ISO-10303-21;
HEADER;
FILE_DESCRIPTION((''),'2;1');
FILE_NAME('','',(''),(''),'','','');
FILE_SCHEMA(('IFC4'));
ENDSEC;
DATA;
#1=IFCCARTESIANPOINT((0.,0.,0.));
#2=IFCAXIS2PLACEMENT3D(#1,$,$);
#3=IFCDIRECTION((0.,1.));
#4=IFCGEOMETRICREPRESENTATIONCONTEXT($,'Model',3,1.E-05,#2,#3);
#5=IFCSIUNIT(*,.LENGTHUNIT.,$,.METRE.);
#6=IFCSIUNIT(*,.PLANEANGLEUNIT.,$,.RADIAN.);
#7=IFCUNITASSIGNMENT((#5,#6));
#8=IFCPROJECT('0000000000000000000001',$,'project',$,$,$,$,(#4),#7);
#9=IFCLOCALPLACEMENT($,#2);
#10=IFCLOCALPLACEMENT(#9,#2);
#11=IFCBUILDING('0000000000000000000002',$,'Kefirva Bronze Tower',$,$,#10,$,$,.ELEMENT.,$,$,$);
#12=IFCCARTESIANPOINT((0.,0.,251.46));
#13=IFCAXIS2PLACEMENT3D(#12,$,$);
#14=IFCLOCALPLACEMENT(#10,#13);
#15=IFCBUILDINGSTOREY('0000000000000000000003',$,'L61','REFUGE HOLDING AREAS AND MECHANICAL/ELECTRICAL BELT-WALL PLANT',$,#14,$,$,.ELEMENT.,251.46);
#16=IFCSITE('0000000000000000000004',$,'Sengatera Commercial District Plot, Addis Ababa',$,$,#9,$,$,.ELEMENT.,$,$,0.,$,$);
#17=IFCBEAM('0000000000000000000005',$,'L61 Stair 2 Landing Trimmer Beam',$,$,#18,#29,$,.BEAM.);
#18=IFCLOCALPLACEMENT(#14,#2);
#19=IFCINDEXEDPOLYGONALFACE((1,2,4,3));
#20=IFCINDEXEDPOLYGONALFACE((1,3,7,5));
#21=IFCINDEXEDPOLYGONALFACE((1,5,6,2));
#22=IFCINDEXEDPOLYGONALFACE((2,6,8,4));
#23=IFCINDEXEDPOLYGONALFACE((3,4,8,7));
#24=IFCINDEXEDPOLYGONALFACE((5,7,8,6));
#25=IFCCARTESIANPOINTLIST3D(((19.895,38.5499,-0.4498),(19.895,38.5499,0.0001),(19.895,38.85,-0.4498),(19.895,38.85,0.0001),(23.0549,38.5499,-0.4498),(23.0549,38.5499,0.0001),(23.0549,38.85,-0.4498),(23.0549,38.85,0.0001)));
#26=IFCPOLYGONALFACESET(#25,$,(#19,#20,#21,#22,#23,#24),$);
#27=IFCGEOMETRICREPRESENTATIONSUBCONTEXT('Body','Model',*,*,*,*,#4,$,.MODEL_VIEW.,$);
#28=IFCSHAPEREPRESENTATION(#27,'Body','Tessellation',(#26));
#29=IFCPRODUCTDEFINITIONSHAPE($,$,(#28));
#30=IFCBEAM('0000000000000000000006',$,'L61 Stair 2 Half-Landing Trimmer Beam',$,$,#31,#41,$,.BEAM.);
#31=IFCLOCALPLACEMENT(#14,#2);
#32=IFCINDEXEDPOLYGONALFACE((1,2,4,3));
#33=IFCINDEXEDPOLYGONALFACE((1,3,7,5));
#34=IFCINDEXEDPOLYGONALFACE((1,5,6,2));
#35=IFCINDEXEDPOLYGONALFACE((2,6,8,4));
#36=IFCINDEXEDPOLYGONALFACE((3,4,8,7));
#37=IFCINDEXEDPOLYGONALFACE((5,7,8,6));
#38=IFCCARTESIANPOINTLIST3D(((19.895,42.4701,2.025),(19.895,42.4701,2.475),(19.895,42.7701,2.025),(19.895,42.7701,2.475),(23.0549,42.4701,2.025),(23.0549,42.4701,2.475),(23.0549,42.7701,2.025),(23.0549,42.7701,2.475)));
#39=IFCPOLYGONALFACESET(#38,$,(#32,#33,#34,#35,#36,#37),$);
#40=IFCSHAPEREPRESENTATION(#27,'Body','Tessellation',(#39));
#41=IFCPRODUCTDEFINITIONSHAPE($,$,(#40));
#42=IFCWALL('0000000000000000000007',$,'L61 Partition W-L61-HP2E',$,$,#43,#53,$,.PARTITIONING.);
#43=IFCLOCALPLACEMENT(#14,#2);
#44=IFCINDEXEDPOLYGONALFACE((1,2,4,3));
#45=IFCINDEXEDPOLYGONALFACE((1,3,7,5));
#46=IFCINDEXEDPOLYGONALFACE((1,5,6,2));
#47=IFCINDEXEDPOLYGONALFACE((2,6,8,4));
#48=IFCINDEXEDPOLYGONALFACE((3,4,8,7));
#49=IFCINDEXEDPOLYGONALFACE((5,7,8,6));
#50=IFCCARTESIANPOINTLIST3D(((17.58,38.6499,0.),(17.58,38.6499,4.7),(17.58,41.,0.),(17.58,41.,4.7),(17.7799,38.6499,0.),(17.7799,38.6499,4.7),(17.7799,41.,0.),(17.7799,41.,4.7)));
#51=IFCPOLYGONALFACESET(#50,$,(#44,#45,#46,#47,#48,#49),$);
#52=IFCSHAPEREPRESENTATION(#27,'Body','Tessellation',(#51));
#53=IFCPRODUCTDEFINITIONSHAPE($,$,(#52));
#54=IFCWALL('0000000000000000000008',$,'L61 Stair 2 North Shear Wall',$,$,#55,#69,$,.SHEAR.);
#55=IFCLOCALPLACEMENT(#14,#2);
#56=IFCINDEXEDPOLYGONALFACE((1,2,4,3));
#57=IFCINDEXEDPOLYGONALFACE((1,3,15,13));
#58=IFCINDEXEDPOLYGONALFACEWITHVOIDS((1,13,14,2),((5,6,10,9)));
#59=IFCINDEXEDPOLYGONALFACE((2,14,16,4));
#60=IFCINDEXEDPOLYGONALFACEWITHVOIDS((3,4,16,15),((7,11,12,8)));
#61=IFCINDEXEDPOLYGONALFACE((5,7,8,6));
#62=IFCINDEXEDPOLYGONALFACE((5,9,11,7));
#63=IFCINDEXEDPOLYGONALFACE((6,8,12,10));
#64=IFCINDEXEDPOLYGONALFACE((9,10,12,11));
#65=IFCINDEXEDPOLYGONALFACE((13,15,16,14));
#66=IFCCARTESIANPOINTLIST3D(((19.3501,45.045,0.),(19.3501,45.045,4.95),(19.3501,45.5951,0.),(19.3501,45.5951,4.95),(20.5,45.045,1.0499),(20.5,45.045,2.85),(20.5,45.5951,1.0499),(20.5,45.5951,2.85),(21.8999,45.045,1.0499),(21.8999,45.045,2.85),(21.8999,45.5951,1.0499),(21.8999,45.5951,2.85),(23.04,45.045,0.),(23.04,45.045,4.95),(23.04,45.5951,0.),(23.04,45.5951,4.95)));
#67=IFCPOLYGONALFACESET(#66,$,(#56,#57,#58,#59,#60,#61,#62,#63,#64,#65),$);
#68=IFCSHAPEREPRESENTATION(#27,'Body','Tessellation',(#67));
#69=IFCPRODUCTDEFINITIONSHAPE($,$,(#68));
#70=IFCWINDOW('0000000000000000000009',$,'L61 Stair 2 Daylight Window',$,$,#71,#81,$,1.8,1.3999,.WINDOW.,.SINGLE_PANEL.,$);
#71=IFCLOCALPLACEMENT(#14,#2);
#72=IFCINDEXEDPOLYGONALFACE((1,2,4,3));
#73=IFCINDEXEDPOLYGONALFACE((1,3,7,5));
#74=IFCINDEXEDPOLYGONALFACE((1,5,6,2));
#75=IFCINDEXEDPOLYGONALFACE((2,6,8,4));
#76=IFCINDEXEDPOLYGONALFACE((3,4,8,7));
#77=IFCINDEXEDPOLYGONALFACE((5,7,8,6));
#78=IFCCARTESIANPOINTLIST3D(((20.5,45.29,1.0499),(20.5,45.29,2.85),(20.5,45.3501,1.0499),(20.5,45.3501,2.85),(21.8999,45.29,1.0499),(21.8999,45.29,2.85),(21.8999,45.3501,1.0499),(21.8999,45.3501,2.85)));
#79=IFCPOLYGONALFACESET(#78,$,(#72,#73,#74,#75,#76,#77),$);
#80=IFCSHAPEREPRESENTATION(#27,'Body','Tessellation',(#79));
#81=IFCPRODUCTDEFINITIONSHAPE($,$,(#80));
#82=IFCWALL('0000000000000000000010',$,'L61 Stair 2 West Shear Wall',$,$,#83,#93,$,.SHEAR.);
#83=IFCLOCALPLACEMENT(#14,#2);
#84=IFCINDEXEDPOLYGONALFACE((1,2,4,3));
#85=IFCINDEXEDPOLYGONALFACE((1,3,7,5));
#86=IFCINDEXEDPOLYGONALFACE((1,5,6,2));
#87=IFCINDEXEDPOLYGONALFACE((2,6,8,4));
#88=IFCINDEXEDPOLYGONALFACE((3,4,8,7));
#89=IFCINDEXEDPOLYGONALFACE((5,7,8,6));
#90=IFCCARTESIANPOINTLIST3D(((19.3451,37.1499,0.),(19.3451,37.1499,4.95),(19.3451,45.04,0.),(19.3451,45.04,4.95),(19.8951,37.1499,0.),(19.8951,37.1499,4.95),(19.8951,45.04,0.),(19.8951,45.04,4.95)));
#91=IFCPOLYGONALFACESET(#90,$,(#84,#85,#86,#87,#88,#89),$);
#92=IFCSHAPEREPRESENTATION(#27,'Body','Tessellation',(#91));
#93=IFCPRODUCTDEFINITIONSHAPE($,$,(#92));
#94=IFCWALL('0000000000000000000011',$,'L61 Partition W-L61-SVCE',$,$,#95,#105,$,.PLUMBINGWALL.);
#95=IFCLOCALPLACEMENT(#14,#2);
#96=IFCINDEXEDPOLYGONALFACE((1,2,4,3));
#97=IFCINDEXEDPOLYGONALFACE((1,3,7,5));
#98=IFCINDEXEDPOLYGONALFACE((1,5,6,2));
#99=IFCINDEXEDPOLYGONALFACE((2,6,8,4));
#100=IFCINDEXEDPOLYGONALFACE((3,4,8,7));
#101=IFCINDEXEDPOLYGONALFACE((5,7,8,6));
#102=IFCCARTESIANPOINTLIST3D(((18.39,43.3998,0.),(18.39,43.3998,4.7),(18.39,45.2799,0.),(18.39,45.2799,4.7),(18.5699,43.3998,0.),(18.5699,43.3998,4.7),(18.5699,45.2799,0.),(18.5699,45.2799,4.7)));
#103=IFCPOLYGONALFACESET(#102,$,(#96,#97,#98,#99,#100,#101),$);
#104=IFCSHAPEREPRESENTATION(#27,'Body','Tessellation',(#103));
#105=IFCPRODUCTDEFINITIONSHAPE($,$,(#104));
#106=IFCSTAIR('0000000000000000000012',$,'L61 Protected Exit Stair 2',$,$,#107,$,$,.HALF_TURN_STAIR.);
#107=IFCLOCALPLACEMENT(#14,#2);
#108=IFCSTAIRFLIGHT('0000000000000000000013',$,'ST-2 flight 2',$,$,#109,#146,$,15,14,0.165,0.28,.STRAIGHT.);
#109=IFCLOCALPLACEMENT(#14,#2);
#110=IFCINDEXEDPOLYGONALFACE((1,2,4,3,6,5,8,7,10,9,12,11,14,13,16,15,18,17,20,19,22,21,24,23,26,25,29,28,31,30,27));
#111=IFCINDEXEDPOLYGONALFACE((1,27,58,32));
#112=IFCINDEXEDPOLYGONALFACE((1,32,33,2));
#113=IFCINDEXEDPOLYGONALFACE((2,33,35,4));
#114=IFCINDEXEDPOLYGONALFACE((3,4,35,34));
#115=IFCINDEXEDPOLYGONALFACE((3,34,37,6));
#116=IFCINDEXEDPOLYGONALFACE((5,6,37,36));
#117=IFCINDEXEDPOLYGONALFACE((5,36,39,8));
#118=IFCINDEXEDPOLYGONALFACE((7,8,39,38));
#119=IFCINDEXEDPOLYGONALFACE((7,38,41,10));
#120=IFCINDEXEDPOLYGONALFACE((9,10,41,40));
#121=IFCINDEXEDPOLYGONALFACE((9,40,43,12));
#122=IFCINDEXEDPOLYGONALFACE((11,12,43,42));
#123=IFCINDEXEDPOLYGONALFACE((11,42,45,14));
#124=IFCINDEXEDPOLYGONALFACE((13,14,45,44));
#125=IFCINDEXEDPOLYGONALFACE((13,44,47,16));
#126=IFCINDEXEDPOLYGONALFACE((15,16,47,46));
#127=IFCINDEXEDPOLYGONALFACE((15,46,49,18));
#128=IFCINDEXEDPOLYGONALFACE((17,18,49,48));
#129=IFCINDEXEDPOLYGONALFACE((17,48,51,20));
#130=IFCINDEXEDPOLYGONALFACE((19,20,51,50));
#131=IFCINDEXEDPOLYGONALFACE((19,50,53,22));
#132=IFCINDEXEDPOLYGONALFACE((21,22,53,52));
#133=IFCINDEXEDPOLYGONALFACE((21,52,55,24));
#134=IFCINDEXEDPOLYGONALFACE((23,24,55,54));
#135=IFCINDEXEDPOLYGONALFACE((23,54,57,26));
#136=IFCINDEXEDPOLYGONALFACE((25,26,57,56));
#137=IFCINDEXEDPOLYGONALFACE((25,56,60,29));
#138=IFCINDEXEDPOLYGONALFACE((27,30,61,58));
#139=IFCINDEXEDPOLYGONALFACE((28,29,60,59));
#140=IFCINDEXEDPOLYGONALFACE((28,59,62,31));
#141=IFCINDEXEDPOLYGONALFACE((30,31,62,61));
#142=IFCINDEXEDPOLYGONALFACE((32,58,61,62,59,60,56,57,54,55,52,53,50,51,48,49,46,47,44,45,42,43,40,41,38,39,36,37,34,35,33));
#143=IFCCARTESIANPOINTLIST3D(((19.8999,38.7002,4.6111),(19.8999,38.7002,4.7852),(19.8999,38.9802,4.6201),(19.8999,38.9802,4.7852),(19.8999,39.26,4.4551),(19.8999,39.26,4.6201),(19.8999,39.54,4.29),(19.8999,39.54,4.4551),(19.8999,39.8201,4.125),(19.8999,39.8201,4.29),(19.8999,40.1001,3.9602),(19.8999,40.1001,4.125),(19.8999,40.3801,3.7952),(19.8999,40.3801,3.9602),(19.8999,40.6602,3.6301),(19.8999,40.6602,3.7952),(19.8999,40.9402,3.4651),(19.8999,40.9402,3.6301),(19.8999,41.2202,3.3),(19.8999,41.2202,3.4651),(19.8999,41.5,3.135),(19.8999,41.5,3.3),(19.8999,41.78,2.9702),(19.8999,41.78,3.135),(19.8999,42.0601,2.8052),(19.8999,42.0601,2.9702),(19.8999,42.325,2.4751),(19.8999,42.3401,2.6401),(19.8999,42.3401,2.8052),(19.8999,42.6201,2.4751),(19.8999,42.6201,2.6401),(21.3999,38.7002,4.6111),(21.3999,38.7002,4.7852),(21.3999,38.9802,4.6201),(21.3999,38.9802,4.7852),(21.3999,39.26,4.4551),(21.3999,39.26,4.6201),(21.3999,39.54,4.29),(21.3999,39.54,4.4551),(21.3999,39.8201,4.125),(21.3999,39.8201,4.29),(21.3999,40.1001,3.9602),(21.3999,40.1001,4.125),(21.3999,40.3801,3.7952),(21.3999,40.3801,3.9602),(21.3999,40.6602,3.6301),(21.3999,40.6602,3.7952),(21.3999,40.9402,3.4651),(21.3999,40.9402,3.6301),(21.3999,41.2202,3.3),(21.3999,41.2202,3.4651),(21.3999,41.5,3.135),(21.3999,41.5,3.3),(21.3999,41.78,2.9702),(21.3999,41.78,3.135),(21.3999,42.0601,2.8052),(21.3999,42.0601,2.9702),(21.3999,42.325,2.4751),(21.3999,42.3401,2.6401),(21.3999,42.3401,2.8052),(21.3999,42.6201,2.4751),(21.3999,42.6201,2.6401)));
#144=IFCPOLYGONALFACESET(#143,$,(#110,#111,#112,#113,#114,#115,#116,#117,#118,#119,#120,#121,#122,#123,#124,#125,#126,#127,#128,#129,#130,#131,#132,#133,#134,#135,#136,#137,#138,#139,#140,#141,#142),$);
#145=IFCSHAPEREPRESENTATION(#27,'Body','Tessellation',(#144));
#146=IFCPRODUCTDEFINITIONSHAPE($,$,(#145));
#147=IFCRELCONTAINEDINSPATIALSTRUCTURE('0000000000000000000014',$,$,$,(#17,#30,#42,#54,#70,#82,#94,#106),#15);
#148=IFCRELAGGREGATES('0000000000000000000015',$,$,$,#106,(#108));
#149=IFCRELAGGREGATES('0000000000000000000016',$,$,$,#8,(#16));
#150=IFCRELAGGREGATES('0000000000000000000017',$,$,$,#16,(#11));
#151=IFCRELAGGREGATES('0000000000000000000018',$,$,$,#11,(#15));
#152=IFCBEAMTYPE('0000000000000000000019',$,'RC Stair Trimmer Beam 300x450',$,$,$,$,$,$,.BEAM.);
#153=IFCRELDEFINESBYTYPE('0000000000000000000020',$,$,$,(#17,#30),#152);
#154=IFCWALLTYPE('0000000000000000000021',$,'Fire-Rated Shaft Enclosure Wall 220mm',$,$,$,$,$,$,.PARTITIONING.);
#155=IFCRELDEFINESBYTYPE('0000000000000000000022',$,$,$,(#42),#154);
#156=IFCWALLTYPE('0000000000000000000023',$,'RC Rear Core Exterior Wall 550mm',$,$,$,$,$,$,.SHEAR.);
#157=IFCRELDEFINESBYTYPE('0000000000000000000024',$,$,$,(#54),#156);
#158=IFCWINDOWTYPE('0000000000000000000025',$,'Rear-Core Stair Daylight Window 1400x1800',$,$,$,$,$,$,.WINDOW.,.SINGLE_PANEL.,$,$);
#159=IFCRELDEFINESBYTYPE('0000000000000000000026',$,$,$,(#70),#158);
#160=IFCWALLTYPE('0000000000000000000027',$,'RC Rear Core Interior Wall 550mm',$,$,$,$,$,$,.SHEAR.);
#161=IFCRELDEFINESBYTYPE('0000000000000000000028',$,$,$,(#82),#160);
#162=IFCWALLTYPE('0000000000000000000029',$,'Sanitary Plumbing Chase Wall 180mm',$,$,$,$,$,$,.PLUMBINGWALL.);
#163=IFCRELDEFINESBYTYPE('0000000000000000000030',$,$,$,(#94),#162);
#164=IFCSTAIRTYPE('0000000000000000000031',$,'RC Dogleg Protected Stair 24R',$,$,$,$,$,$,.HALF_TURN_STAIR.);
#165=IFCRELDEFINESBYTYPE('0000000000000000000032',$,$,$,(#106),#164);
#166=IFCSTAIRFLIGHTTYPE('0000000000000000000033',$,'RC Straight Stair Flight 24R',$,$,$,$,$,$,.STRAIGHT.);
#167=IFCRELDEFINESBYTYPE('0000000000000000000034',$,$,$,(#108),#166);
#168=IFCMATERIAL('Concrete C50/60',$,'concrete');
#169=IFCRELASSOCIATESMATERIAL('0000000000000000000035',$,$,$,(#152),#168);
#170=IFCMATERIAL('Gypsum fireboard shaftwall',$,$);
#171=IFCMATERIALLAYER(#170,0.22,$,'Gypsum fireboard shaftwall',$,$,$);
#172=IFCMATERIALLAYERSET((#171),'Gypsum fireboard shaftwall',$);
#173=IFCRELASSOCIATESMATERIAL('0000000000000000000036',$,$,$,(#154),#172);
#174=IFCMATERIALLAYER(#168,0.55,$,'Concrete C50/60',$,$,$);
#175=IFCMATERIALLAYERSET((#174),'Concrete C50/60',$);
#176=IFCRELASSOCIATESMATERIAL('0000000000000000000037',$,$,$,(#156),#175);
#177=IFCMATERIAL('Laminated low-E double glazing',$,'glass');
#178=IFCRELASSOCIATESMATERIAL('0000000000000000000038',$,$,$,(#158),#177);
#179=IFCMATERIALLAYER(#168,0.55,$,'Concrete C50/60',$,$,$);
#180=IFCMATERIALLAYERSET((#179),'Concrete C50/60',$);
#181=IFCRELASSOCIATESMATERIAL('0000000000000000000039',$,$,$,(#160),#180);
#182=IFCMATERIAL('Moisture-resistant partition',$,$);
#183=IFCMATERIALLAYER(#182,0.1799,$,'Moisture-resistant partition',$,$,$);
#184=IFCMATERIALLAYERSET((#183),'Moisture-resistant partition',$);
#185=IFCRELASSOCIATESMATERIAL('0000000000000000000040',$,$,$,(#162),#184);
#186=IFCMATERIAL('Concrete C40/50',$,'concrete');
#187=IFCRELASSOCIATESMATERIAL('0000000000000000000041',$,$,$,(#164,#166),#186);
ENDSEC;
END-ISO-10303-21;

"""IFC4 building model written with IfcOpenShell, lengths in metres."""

from ifc_helpers import new_model, si_unit, direction, frame, frame_2d, origin, origin_2d, place, context, subcontext, project, spatial, polyline, rectangle, outline, extrude, material, layer, layer_set, material_profile, profile_set, type_object, element, fill, aggregate, save


model = new_model("IFC4")

# Units and contexts
model_context = context("Model", 3, precision=1e-05, world=origin(), true_north=direction((0.0, 1.0)))
body_context = subcontext(model_context, "Body", "Model", "MODEL_VIEW")
ifc_project = project(units=[si_unit("LENGTHUNIT", "METRE"), si_unit("PLANEANGLEUNIT", "RADIAN")], contexts=[model_context])

# Site, building, storey
site_placement = place(None, origin())
site = spatial("IfcSite", under=ifc_project, at=site_placement, Name="Sengatera Commercial District Plot, Addis Ababa", CompositionType="ELEMENT", RefElevation=0.0)
building_placement = place(site_placement, origin())
building = spatial("IfcBuilding", under=site, at=building_placement, Name="Kefirva Bronze Tower", CompositionType="ELEMENT")
storey_placement = place(building_placement, frame((0.0, 0.0, 251.46)))
storey = spatial("IfcBuildingStorey", under=building, at=storey_placement, Name="L61", Description="REFUGE HOLDING AREAS AND MECHANICAL/ELECTRICAL BELT-WALL PLANT", CompositionType="ELEMENT", Elevation=251.46)

# Beams
ifc_material_1 = material(Name="Concrete C50/60", Category="concrete")
ifc_material_profile = material_profile(ifc_material_1, rectangle(XDim=0.3, YDim=0.45, at=origin_2d()), Name="RC 300x450")
ifc_profile_set = profile_set([ifc_material_profile], Name="Concrete C50/60")
beam_type = type_object("IfcBeamType", Name="RC Stair Trimmer Beam 300x450", PredefinedType="BEAM", material=ifc_profile_set)
for number, where, z_axis, x_axis, name in (
    (1, (19.895, 38.7, -0.2249), (1.0, 0.0, 0.0), (0.0, 1.0, 0.0), "L61 Stair 2 Landing Trimmer Beam"),
    (2, (19.895, 42.6201, 2.25), (1.0, 0.0, 0.0), (0.0, 1.0, 0.0), "L61 Stair 2 Half-Landing Trimmer Beam"),
):
    element("IfcBeam", number, at=place(storey_placement, frame(where, z_axis=z_axis, x_axis=x_axis)), inside=storey, type_object=beam_type, Name=name, PredefinedType="BEAM", context=body_context, shape_type="SweptSolid", body=[
        extrude(rectangle(XDim=0.3, YDim=0.45, at=origin_2d()), origin(), (0.0, 0.0, 1.0), 3.1599),
    ])

# Shared definitions
ifc_material_2 = material(Name="Gypsum fireboard shaftwall")
ifc_layer_1 = layer(ifc_material_2, 0.22, Name="Gypsum fireboard shaftwall")
ifc_layer_set_1 = layer_set([ifc_layer_1], Name="Gypsum fireboard shaftwall")
wall_type_1 = type_object("IfcWallType", Name="Fire-Rated Shaft Enclosure Wall 220mm", PredefinedType="PARTITIONING", material=ifc_layer_set_1)

# Wall
wall_1_placement = place(storey_placement, frame((17.6799, 38.6499, 0.0), z_axis=(0.0, 0.0, 1.0), x_axis=(0.0, 1.0, 0.0)))
element("IfcWall", 3, at=wall_1_placement, inside=storey, type_object=wall_type_1, Name="L61 Partition W-L61-HP2E", PredefinedType="PARTITIONING", context=body_context, shape_type="SweptSolid", body=[
    extrude(rectangle(XDim=2.3501, YDim=0.2, at=frame_2d((1.175, 0.0))), origin(), (0.0, 0.0, 1.0), 4.7),
])

# Wall, opening, window
ifc_layer_2 = layer(ifc_material_1, 0.55, Name="Concrete C50/60")
ifc_layer_set_2 = layer_set([ifc_layer_2], Name="Concrete C50/60")
wall_type_2 = type_object("IfcWallType", Name="RC Rear Core Exterior Wall 550mm", PredefinedType="SHEAR", material=ifc_layer_set_2)
wall_2_placement = place(storey_placement, frame((19.3501, 45.3201, 0.0), z_axis=(0.0, 0.0, 1.0), x_axis=(1.0, 0.0, 0.0)))
wall_2 = element("IfcWall", 4, at=wall_2_placement, inside=storey, type_object=wall_type_2, Name="L61 Stair 2 North Shear Wall", PredefinedType="SHEAR", context=body_context, shape_type="SweptSolid", body=[
    extrude(rectangle(XDim=3.6899, YDim=0.55, at=frame_2d((1.845, 0.0))), origin(), (0.0, 0.0, 1.0), 4.95),
])
opening_1_placement = place(wall_2_placement, frame((1.1499, 0.0, 1.05)))
opening_1 = element("IfcOpeningElement", 5, at=opening_1_placement, cuts=wall_2, PredefinedType="OPENING", context=body_context, shape_type="SweptSolid", body=[
    extrude(rectangle(XDim=1.3999, YDim=1.8, at=frame_2d((0.7, 0.8999))), frame((0.0, 0.2852, 0.0), z_axis=(0.0, -1.0, 0.0), x_axis=(1.0, 0.0, 0.0)), (0.0, 0.0, 1.0), 0.5701),
])
ifc_material_3 = material(Name="Laminated low-E double glazing", Category="glass")
window_type = type_object("IfcWindowType", Name="Rear-Core Stair Daylight Window 1400x1800", PartitioningType="SINGLE_PANEL", PredefinedType="WINDOW", material=ifc_material_3)
window_placement = place(opening_1_placement, origin())
window = element("IfcWindow", 6, at=window_placement, inside=storey, type_object=window_type, Name="L61 Stair 2 Daylight Window", OverallHeight=1.8, OverallWidth=1.3999, PartitioningType="SINGLE_PANEL", PredefinedType="WINDOW", context=body_context, shape_type="SweptSolid", body=[
    extrude(rectangle(XDim=1.3999, YDim=1.8, at=frame_2d((0.7, 0.8999))), frame((0.0, 0.03, 0.0), z_axis=(0.0, -1.0, 0.0), x_axis=(1.0, 0.0, 0.0)), (0.0, 0.0, 1.0), 0.0601),
])
fill(opening_1, window)

# Walls
ifc_layer_3 = layer(ifc_material_1, 0.55, Name="Concrete C50/60")
ifc_layer_set_3 = layer_set([ifc_layer_3], Name="Concrete C50/60")
wall_type_3 = type_object("IfcWallType", Name="RC Rear Core Interior Wall 550mm", PredefinedType="SHEAR", material=ifc_layer_set_3)
wall_3_placement = place(storey_placement, frame((19.6201, 37.1499, 0.0), z_axis=(0.0, 0.0, 1.0), x_axis=(0.0, 1.0, 0.0)))
element("IfcWall", 7, at=wall_3_placement, inside=storey, type_object=wall_type_3, Name="L61 Stair 2 West Shear Wall", PredefinedType="SHEAR", context=body_context, shape_type="SweptSolid", body=[
    extrude(rectangle(XDim=7.8901, YDim=0.55, at=frame_2d((3.9451, 0.0))), origin(), (0.0, 0.0, 1.0), 4.95),
])
ifc_material_4 = material(Name="Moisture-resistant partition")
ifc_layer_4 = layer(ifc_material_4, 0.1799, Name="Moisture-resistant partition")
ifc_layer_set_4 = layer_set([ifc_layer_4], Name="Moisture-resistant partition")
wall_type_4 = type_object("IfcWallType", Name="Sanitary Plumbing Chase Wall 180mm", PredefinedType="PLUMBINGWALL", material=ifc_layer_set_4)
wall_4_placement = place(storey_placement, frame((18.48, 43.3999, 0.0), z_axis=(0.0, 0.0, 1.0), x_axis=(0.0, 1.0, 0.0)))
element("IfcWall", 8, at=wall_4_placement, inside=storey, type_object=wall_type_4, Name="L61 Partition W-L61-SVCE", PredefinedType="PLUMBINGWALL", context=body_context, shape_type="SweptSolid", body=[
    extrude(rectangle(XDim=1.8801, YDim=0.1799, at=frame_2d((0.9399, 0.0))), origin(), (0.0, 0.0, 1.0), 4.7),
])

# Stair, stair flight
ifc_material_5 = material(Name="Concrete C40/50", Category="concrete")
stair_type = type_object("IfcStairType", Name="RC Dogleg Protected Stair 24R", PredefinedType="HALF_TURN_STAIR", material=ifc_material_5)
stair_placement = place(storey_placement, origin())
stair = element("IfcStair", 9, at=stair_placement, inside=storey, type_object=stair_type, Name="L61 Protected Exit Stair 2", PredefinedType="HALF_TURN_STAIR")
stair_flight_type = type_object("IfcStairFlightType", Name="RC Straight Stair Flight 24R", PredefinedType="STRAIGHT", material=ifc_material_5)
stair_flight_placement = place(storey_placement, frame((20.6499, 42.6201, 2.4751), z_axis=(0.0, 0.0, 1.0), x_axis=(0.0, -1.0, 0.0)))
stair_flight = element("IfcStairFlight", 10, at=stair_flight_placement, type_object=stair_flight_type, Name="ST-2 flight 2", NumberOfRisers=15, NumberOfTreads=14, PredefinedType="STRAIGHT", RiserHeight=0.165, TreadLength=0.28, context=body_context, shape_type="SweptSolid", body=[
    extrude(outline(polyline([(0.0, 0.0), (0.0, 0.165), (0.28, 0.165), (0.28, 0.3301), (0.5601, 0.3301), (0.5601, 0.4951), (0.8401, 0.4951), (0.8401, 0.6599), (1.1201, 0.6599), (1.1201, 0.825), (1.3999, 0.825), (1.3999, 0.99), (1.6799, 0.99), (1.6799, 1.155), (1.96, 1.155), (1.96, 1.3201), (2.24, 1.3201), (2.24, 1.4851), (2.52, 1.4851), (2.52, 1.6499), (2.8, 1.6499), (2.8, 1.8149), (3.0801, 1.8149), (3.0801, 1.98), (3.3601, 1.98), (3.3601, 2.145), (3.6399, 2.145), (3.6399, 2.3101), (3.9199, 2.3101), (3.9199, 2.4751), (3.9199, 2.136), (0.2952, 0.0), (0.0, 0.0)])), frame((0.0, 0.75, 0.0), z_axis=(0.0, -1.0, 0.0), x_axis=(1.0, 0.0, 0.0)), (0.0, 0.0, 1.0), 1.5),
])
aggregate(stair, [stair_flight])

save(model, "model.ifc")
